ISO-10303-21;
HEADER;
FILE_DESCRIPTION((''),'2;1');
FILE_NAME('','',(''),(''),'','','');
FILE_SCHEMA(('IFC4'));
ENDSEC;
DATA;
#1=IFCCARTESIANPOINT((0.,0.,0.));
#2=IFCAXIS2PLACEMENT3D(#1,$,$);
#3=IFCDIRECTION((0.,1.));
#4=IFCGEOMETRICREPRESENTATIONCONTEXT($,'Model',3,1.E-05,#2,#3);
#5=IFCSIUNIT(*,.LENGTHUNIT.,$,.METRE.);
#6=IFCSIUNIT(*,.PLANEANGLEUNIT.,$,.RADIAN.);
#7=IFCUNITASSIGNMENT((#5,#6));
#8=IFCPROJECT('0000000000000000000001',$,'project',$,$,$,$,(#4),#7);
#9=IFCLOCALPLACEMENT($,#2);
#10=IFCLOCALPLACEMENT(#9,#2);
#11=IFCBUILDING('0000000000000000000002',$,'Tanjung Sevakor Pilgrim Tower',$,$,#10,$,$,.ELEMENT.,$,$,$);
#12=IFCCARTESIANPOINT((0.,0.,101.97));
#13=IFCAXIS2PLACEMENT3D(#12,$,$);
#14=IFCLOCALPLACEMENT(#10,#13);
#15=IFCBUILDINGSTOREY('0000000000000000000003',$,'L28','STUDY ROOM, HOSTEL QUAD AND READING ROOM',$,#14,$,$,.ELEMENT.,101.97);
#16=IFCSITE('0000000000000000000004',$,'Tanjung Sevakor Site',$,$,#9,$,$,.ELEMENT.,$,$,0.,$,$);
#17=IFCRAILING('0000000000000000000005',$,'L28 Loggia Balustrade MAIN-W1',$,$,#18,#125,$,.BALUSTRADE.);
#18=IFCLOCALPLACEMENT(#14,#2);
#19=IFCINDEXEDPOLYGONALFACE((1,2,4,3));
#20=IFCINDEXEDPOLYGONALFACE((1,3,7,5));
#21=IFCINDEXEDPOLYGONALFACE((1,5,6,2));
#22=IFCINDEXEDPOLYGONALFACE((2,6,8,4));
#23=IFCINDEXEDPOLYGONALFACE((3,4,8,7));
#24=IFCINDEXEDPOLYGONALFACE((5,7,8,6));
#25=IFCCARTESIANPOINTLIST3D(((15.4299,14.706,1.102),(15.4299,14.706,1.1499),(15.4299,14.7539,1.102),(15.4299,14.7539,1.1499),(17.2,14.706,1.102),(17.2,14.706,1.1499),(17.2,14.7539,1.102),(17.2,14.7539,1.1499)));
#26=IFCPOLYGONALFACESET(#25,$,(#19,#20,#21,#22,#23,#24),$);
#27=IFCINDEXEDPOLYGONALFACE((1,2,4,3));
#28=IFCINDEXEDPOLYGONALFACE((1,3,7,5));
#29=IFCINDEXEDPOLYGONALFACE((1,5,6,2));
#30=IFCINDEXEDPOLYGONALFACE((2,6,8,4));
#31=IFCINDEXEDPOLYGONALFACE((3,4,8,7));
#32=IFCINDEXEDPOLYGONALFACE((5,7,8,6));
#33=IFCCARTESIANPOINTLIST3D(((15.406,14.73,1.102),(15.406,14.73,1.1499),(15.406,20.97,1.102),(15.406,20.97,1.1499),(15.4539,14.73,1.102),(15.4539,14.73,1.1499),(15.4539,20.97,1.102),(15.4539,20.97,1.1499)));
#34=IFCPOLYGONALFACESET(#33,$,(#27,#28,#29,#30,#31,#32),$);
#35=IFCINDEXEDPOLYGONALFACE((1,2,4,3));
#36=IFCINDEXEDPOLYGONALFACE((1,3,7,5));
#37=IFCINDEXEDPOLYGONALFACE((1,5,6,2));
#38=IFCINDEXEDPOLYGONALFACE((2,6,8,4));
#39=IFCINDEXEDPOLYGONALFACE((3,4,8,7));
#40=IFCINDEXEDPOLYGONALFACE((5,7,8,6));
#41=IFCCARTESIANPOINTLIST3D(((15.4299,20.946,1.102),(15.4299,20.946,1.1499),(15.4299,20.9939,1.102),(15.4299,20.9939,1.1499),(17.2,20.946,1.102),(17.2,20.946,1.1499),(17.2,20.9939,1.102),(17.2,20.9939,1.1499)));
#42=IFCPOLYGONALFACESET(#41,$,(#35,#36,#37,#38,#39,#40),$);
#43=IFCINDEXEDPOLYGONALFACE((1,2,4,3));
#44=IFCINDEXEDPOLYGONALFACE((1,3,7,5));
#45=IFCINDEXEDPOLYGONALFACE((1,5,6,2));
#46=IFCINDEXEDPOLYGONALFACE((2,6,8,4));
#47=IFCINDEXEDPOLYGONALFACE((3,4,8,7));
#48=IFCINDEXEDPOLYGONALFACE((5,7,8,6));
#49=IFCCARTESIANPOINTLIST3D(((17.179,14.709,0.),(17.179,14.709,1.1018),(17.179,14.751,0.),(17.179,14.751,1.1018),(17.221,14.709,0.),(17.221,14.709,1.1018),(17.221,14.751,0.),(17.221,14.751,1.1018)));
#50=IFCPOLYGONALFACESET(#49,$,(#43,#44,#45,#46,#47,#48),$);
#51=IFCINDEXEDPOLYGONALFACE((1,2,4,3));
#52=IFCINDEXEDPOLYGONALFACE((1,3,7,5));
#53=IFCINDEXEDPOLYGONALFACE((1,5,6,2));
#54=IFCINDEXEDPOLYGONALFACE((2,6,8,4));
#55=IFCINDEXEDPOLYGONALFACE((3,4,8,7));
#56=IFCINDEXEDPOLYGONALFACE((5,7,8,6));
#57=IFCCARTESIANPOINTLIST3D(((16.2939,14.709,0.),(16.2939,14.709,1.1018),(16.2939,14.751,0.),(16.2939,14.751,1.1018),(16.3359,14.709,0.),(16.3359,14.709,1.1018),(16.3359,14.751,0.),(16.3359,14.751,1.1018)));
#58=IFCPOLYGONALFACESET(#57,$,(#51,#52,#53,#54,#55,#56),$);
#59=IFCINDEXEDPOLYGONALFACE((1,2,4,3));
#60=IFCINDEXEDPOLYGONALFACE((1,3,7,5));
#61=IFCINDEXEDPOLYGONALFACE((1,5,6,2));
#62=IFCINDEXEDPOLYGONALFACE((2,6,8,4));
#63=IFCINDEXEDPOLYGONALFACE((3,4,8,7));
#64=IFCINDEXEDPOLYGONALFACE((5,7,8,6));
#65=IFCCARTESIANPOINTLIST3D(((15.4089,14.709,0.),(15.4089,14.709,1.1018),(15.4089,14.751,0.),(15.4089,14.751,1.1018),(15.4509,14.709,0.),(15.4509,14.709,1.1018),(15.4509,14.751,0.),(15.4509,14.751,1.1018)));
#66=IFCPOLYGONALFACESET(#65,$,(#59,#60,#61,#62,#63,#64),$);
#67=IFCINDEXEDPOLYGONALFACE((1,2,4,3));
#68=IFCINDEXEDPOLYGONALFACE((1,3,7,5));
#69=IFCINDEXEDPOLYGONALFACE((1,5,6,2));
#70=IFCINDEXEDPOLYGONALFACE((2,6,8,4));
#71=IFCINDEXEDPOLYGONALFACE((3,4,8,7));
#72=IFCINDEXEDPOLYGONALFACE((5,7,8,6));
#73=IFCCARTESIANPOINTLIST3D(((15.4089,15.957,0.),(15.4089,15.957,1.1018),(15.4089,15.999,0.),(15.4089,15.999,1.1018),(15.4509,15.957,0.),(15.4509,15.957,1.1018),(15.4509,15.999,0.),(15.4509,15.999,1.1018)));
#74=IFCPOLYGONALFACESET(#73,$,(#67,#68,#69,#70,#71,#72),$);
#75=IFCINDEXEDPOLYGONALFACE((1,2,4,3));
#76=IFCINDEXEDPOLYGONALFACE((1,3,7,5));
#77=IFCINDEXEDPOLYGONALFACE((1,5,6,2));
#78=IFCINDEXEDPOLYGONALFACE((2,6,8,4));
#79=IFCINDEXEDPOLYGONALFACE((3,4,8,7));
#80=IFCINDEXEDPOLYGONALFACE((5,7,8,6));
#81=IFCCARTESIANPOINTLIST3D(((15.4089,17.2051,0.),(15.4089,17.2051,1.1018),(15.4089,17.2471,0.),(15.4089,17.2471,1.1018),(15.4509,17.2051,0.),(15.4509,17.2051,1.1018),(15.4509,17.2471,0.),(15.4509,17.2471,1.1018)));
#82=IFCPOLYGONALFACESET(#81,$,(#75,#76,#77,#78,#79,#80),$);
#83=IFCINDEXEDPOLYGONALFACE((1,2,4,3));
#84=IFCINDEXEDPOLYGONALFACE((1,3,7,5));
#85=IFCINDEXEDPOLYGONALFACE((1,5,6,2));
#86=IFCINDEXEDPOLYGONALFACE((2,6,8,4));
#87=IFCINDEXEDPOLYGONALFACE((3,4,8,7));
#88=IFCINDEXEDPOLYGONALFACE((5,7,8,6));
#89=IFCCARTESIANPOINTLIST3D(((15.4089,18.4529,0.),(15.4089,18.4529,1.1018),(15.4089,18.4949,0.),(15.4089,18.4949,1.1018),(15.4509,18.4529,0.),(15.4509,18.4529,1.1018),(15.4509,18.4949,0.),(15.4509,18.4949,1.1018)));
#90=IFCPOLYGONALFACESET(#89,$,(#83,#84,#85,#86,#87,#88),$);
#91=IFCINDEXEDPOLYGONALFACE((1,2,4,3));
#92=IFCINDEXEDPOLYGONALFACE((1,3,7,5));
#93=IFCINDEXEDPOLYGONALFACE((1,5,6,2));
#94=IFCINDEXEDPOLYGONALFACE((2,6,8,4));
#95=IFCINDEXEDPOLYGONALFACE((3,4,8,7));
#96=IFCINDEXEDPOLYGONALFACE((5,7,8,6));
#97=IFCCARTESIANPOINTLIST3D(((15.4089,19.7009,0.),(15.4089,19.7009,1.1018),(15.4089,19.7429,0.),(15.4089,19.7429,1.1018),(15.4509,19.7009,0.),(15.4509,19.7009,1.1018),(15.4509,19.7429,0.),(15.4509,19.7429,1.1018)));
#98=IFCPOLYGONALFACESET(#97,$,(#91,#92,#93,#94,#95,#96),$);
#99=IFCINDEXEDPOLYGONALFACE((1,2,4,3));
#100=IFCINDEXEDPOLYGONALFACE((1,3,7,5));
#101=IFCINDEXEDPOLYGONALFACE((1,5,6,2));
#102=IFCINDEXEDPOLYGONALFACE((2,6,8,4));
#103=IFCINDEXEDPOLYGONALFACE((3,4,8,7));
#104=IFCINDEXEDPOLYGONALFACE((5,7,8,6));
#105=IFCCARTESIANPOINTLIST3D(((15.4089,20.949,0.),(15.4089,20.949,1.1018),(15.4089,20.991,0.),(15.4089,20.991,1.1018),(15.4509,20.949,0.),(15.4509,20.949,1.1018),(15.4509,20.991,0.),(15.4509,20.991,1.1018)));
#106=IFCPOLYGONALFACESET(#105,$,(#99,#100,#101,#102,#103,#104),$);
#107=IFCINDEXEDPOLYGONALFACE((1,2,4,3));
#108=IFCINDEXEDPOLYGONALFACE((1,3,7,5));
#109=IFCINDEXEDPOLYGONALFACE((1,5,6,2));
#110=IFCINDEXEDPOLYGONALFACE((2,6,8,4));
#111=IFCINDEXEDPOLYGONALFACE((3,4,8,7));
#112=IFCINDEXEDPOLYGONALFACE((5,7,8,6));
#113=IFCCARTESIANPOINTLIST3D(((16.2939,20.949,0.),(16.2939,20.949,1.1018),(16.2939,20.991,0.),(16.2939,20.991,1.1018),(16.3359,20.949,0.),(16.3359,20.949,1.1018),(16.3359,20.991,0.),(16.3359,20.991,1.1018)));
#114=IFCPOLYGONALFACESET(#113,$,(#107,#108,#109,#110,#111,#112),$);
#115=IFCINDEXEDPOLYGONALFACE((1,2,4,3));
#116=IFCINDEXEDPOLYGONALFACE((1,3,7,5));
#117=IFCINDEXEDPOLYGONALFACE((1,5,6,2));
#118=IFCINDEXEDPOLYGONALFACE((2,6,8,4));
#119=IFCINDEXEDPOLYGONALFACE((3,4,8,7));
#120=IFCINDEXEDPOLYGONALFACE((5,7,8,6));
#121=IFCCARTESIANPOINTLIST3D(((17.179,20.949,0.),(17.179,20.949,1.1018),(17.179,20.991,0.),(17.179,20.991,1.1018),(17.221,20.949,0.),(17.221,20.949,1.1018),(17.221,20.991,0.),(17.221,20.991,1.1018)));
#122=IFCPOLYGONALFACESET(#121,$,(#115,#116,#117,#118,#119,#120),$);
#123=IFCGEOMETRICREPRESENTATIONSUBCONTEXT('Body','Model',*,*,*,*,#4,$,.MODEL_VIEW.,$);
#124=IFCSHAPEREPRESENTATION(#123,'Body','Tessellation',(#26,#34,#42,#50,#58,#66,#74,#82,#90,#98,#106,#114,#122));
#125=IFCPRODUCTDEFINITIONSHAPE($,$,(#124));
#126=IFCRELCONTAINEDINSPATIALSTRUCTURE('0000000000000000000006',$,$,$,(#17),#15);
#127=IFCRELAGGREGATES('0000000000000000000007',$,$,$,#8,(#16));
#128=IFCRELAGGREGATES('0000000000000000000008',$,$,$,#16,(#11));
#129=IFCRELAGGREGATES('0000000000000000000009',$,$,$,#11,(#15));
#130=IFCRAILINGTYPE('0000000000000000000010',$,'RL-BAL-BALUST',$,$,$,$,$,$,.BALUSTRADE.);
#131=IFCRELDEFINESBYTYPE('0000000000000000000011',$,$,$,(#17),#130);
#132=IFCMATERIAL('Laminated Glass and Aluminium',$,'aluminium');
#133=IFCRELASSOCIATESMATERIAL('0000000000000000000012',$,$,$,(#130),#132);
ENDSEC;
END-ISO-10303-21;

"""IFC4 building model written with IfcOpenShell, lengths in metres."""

from ifc_helpers import new_model, si_unit, direction, frame, origin, place, context, subcontext, project, spatial, rectangle, extrude, material, type_object, element, save


model = new_model("IFC4")

# Units and contexts
model_context = context("Model", 3, precision=1e-05, world=origin(), true_north=direction((0.0, 1.0)))
body_context = subcontext(model_context, "Body", "Model", "MODEL_VIEW")
ifc_project = project(units=[si_unit("LENGTHUNIT", "METRE"), si_unit("PLANEANGLEUNIT", "RADIAN")], contexts=[model_context])

# Site, building, storey
site_placement = place(None, origin())
site = spatial("IfcSite", under=ifc_project, at=site_placement, Name="Tanjung Sevakor Site", CompositionType="ELEMENT", RefElevation=0.0)
building_placement = place(site_placement, origin())
building = spatial("IfcBuilding", under=site, at=building_placement, Name="Tanjung Sevakor Pilgrim Tower", CompositionType="ELEMENT")
storey_placement = place(building_placement, frame((0.0, 0.0, 101.97)))
storey = spatial("IfcBuildingStorey", under=building, at=storey_placement, Name="L28", Description="STUDY ROOM, HOSTEL QUAD AND READING ROOM", CompositionType="ELEMENT", Elevation=101.97)

# Railing
ifc_material_1 = material(Name="Laminated Glass and Aluminium", Category="aluminium")
railing_type = type_object("IfcRailingType", Name="RL-BAL-BALUST", PredefinedType="BALUSTRADE", material=ifc_material_1)
railing_placement = place(storey_placement, frame((17.2, 14.73, 0.0)))
element("IfcRailing", 1, at=railing_placement, inside=storey, type_object=railing_type, Name="L28 Loggia Balustrade MAIN-W1", PredefinedType="BALUSTRADE", context=body_context, shape_type="SweptSolid", body=[
    extrude(rectangle(XDim=0.0479, YDim=0.0479), frame((0.0, 0.0, 1.126), z_axis=(-1.0, 0.0, 0.0), x_axis=(0.0, -1.0, 0.0)), (0.0, 0.0, 1.0), 1.77),
    extrude(rectangle(XDim=0.0479, YDim=0.0479), frame((-1.77, 0.0, 1.126), z_axis=(0.0, 1.0, 0.0), x_axis=(-1.0, 0.0, 0.0)), (0.0, 0.0, 1.0), 6.24),
    extrude(rectangle(XDim=0.0479, YDim=0.0479), frame((-1.77, 6.24, 1.126), z_axis=(1.0, 0.0, 0.0), x_axis=(0.0, 1.0, 0.0)), (0.0, 0.0, 1.0), 1.77),
    extrude(rectangle(XDim=0.042, YDim=0.042), origin(), (0.0, 0.0, 1.0), 1.1018),
    extrude(rectangle(XDim=0.042, YDim=0.042), frame((-0.885, 0.0, 0.0)), (0.0, 0.0, 1.0), 1.1018),
    extrude(rectangle(XDim=0.042, YDim=0.042), frame((-1.77, 0.0, 0.0)), (0.0, 0.0, 1.0), 1.1018),
    extrude(rectangle(XDim=0.042, YDim=0.042), frame((-1.77, 1.248, 0.0)), (0.0, 0.0, 1.0), 1.1018),
    extrude(rectangle(XDim=0.042, YDim=0.042), frame((-1.77, 2.4961, 0.0)), (0.0, 0.0, 1.0), 1.1018),
    extrude(rectangle(XDim=0.042, YDim=0.042), frame((-1.77, 3.7439, 0.0)), (0.0, 0.0, 1.0), 1.1018),
    extrude(rectangle(XDim=0.042, YDim=0.042), frame((-1.77, 4.9919, 0.0)), (0.0, 0.0, 1.0), 1.1018),
    extrude(rectangle(XDim=0.042, YDim=0.042), frame((-1.77, 6.24, 0.0)), (0.0, 0.0, 1.0), 1.1018),
    extrude(rectangle(XDim=0.042, YDim=0.042), frame((-0.885, 6.24, 0.0)), (0.0, 0.0, 1.0), 1.1018),
    extrude(rectangle(XDim=0.042, YDim=0.042), frame((0.0, 6.24, 0.0)), (0.0, 0.0, 1.0), 1.1018),
])

save(model, "model.ifc")
